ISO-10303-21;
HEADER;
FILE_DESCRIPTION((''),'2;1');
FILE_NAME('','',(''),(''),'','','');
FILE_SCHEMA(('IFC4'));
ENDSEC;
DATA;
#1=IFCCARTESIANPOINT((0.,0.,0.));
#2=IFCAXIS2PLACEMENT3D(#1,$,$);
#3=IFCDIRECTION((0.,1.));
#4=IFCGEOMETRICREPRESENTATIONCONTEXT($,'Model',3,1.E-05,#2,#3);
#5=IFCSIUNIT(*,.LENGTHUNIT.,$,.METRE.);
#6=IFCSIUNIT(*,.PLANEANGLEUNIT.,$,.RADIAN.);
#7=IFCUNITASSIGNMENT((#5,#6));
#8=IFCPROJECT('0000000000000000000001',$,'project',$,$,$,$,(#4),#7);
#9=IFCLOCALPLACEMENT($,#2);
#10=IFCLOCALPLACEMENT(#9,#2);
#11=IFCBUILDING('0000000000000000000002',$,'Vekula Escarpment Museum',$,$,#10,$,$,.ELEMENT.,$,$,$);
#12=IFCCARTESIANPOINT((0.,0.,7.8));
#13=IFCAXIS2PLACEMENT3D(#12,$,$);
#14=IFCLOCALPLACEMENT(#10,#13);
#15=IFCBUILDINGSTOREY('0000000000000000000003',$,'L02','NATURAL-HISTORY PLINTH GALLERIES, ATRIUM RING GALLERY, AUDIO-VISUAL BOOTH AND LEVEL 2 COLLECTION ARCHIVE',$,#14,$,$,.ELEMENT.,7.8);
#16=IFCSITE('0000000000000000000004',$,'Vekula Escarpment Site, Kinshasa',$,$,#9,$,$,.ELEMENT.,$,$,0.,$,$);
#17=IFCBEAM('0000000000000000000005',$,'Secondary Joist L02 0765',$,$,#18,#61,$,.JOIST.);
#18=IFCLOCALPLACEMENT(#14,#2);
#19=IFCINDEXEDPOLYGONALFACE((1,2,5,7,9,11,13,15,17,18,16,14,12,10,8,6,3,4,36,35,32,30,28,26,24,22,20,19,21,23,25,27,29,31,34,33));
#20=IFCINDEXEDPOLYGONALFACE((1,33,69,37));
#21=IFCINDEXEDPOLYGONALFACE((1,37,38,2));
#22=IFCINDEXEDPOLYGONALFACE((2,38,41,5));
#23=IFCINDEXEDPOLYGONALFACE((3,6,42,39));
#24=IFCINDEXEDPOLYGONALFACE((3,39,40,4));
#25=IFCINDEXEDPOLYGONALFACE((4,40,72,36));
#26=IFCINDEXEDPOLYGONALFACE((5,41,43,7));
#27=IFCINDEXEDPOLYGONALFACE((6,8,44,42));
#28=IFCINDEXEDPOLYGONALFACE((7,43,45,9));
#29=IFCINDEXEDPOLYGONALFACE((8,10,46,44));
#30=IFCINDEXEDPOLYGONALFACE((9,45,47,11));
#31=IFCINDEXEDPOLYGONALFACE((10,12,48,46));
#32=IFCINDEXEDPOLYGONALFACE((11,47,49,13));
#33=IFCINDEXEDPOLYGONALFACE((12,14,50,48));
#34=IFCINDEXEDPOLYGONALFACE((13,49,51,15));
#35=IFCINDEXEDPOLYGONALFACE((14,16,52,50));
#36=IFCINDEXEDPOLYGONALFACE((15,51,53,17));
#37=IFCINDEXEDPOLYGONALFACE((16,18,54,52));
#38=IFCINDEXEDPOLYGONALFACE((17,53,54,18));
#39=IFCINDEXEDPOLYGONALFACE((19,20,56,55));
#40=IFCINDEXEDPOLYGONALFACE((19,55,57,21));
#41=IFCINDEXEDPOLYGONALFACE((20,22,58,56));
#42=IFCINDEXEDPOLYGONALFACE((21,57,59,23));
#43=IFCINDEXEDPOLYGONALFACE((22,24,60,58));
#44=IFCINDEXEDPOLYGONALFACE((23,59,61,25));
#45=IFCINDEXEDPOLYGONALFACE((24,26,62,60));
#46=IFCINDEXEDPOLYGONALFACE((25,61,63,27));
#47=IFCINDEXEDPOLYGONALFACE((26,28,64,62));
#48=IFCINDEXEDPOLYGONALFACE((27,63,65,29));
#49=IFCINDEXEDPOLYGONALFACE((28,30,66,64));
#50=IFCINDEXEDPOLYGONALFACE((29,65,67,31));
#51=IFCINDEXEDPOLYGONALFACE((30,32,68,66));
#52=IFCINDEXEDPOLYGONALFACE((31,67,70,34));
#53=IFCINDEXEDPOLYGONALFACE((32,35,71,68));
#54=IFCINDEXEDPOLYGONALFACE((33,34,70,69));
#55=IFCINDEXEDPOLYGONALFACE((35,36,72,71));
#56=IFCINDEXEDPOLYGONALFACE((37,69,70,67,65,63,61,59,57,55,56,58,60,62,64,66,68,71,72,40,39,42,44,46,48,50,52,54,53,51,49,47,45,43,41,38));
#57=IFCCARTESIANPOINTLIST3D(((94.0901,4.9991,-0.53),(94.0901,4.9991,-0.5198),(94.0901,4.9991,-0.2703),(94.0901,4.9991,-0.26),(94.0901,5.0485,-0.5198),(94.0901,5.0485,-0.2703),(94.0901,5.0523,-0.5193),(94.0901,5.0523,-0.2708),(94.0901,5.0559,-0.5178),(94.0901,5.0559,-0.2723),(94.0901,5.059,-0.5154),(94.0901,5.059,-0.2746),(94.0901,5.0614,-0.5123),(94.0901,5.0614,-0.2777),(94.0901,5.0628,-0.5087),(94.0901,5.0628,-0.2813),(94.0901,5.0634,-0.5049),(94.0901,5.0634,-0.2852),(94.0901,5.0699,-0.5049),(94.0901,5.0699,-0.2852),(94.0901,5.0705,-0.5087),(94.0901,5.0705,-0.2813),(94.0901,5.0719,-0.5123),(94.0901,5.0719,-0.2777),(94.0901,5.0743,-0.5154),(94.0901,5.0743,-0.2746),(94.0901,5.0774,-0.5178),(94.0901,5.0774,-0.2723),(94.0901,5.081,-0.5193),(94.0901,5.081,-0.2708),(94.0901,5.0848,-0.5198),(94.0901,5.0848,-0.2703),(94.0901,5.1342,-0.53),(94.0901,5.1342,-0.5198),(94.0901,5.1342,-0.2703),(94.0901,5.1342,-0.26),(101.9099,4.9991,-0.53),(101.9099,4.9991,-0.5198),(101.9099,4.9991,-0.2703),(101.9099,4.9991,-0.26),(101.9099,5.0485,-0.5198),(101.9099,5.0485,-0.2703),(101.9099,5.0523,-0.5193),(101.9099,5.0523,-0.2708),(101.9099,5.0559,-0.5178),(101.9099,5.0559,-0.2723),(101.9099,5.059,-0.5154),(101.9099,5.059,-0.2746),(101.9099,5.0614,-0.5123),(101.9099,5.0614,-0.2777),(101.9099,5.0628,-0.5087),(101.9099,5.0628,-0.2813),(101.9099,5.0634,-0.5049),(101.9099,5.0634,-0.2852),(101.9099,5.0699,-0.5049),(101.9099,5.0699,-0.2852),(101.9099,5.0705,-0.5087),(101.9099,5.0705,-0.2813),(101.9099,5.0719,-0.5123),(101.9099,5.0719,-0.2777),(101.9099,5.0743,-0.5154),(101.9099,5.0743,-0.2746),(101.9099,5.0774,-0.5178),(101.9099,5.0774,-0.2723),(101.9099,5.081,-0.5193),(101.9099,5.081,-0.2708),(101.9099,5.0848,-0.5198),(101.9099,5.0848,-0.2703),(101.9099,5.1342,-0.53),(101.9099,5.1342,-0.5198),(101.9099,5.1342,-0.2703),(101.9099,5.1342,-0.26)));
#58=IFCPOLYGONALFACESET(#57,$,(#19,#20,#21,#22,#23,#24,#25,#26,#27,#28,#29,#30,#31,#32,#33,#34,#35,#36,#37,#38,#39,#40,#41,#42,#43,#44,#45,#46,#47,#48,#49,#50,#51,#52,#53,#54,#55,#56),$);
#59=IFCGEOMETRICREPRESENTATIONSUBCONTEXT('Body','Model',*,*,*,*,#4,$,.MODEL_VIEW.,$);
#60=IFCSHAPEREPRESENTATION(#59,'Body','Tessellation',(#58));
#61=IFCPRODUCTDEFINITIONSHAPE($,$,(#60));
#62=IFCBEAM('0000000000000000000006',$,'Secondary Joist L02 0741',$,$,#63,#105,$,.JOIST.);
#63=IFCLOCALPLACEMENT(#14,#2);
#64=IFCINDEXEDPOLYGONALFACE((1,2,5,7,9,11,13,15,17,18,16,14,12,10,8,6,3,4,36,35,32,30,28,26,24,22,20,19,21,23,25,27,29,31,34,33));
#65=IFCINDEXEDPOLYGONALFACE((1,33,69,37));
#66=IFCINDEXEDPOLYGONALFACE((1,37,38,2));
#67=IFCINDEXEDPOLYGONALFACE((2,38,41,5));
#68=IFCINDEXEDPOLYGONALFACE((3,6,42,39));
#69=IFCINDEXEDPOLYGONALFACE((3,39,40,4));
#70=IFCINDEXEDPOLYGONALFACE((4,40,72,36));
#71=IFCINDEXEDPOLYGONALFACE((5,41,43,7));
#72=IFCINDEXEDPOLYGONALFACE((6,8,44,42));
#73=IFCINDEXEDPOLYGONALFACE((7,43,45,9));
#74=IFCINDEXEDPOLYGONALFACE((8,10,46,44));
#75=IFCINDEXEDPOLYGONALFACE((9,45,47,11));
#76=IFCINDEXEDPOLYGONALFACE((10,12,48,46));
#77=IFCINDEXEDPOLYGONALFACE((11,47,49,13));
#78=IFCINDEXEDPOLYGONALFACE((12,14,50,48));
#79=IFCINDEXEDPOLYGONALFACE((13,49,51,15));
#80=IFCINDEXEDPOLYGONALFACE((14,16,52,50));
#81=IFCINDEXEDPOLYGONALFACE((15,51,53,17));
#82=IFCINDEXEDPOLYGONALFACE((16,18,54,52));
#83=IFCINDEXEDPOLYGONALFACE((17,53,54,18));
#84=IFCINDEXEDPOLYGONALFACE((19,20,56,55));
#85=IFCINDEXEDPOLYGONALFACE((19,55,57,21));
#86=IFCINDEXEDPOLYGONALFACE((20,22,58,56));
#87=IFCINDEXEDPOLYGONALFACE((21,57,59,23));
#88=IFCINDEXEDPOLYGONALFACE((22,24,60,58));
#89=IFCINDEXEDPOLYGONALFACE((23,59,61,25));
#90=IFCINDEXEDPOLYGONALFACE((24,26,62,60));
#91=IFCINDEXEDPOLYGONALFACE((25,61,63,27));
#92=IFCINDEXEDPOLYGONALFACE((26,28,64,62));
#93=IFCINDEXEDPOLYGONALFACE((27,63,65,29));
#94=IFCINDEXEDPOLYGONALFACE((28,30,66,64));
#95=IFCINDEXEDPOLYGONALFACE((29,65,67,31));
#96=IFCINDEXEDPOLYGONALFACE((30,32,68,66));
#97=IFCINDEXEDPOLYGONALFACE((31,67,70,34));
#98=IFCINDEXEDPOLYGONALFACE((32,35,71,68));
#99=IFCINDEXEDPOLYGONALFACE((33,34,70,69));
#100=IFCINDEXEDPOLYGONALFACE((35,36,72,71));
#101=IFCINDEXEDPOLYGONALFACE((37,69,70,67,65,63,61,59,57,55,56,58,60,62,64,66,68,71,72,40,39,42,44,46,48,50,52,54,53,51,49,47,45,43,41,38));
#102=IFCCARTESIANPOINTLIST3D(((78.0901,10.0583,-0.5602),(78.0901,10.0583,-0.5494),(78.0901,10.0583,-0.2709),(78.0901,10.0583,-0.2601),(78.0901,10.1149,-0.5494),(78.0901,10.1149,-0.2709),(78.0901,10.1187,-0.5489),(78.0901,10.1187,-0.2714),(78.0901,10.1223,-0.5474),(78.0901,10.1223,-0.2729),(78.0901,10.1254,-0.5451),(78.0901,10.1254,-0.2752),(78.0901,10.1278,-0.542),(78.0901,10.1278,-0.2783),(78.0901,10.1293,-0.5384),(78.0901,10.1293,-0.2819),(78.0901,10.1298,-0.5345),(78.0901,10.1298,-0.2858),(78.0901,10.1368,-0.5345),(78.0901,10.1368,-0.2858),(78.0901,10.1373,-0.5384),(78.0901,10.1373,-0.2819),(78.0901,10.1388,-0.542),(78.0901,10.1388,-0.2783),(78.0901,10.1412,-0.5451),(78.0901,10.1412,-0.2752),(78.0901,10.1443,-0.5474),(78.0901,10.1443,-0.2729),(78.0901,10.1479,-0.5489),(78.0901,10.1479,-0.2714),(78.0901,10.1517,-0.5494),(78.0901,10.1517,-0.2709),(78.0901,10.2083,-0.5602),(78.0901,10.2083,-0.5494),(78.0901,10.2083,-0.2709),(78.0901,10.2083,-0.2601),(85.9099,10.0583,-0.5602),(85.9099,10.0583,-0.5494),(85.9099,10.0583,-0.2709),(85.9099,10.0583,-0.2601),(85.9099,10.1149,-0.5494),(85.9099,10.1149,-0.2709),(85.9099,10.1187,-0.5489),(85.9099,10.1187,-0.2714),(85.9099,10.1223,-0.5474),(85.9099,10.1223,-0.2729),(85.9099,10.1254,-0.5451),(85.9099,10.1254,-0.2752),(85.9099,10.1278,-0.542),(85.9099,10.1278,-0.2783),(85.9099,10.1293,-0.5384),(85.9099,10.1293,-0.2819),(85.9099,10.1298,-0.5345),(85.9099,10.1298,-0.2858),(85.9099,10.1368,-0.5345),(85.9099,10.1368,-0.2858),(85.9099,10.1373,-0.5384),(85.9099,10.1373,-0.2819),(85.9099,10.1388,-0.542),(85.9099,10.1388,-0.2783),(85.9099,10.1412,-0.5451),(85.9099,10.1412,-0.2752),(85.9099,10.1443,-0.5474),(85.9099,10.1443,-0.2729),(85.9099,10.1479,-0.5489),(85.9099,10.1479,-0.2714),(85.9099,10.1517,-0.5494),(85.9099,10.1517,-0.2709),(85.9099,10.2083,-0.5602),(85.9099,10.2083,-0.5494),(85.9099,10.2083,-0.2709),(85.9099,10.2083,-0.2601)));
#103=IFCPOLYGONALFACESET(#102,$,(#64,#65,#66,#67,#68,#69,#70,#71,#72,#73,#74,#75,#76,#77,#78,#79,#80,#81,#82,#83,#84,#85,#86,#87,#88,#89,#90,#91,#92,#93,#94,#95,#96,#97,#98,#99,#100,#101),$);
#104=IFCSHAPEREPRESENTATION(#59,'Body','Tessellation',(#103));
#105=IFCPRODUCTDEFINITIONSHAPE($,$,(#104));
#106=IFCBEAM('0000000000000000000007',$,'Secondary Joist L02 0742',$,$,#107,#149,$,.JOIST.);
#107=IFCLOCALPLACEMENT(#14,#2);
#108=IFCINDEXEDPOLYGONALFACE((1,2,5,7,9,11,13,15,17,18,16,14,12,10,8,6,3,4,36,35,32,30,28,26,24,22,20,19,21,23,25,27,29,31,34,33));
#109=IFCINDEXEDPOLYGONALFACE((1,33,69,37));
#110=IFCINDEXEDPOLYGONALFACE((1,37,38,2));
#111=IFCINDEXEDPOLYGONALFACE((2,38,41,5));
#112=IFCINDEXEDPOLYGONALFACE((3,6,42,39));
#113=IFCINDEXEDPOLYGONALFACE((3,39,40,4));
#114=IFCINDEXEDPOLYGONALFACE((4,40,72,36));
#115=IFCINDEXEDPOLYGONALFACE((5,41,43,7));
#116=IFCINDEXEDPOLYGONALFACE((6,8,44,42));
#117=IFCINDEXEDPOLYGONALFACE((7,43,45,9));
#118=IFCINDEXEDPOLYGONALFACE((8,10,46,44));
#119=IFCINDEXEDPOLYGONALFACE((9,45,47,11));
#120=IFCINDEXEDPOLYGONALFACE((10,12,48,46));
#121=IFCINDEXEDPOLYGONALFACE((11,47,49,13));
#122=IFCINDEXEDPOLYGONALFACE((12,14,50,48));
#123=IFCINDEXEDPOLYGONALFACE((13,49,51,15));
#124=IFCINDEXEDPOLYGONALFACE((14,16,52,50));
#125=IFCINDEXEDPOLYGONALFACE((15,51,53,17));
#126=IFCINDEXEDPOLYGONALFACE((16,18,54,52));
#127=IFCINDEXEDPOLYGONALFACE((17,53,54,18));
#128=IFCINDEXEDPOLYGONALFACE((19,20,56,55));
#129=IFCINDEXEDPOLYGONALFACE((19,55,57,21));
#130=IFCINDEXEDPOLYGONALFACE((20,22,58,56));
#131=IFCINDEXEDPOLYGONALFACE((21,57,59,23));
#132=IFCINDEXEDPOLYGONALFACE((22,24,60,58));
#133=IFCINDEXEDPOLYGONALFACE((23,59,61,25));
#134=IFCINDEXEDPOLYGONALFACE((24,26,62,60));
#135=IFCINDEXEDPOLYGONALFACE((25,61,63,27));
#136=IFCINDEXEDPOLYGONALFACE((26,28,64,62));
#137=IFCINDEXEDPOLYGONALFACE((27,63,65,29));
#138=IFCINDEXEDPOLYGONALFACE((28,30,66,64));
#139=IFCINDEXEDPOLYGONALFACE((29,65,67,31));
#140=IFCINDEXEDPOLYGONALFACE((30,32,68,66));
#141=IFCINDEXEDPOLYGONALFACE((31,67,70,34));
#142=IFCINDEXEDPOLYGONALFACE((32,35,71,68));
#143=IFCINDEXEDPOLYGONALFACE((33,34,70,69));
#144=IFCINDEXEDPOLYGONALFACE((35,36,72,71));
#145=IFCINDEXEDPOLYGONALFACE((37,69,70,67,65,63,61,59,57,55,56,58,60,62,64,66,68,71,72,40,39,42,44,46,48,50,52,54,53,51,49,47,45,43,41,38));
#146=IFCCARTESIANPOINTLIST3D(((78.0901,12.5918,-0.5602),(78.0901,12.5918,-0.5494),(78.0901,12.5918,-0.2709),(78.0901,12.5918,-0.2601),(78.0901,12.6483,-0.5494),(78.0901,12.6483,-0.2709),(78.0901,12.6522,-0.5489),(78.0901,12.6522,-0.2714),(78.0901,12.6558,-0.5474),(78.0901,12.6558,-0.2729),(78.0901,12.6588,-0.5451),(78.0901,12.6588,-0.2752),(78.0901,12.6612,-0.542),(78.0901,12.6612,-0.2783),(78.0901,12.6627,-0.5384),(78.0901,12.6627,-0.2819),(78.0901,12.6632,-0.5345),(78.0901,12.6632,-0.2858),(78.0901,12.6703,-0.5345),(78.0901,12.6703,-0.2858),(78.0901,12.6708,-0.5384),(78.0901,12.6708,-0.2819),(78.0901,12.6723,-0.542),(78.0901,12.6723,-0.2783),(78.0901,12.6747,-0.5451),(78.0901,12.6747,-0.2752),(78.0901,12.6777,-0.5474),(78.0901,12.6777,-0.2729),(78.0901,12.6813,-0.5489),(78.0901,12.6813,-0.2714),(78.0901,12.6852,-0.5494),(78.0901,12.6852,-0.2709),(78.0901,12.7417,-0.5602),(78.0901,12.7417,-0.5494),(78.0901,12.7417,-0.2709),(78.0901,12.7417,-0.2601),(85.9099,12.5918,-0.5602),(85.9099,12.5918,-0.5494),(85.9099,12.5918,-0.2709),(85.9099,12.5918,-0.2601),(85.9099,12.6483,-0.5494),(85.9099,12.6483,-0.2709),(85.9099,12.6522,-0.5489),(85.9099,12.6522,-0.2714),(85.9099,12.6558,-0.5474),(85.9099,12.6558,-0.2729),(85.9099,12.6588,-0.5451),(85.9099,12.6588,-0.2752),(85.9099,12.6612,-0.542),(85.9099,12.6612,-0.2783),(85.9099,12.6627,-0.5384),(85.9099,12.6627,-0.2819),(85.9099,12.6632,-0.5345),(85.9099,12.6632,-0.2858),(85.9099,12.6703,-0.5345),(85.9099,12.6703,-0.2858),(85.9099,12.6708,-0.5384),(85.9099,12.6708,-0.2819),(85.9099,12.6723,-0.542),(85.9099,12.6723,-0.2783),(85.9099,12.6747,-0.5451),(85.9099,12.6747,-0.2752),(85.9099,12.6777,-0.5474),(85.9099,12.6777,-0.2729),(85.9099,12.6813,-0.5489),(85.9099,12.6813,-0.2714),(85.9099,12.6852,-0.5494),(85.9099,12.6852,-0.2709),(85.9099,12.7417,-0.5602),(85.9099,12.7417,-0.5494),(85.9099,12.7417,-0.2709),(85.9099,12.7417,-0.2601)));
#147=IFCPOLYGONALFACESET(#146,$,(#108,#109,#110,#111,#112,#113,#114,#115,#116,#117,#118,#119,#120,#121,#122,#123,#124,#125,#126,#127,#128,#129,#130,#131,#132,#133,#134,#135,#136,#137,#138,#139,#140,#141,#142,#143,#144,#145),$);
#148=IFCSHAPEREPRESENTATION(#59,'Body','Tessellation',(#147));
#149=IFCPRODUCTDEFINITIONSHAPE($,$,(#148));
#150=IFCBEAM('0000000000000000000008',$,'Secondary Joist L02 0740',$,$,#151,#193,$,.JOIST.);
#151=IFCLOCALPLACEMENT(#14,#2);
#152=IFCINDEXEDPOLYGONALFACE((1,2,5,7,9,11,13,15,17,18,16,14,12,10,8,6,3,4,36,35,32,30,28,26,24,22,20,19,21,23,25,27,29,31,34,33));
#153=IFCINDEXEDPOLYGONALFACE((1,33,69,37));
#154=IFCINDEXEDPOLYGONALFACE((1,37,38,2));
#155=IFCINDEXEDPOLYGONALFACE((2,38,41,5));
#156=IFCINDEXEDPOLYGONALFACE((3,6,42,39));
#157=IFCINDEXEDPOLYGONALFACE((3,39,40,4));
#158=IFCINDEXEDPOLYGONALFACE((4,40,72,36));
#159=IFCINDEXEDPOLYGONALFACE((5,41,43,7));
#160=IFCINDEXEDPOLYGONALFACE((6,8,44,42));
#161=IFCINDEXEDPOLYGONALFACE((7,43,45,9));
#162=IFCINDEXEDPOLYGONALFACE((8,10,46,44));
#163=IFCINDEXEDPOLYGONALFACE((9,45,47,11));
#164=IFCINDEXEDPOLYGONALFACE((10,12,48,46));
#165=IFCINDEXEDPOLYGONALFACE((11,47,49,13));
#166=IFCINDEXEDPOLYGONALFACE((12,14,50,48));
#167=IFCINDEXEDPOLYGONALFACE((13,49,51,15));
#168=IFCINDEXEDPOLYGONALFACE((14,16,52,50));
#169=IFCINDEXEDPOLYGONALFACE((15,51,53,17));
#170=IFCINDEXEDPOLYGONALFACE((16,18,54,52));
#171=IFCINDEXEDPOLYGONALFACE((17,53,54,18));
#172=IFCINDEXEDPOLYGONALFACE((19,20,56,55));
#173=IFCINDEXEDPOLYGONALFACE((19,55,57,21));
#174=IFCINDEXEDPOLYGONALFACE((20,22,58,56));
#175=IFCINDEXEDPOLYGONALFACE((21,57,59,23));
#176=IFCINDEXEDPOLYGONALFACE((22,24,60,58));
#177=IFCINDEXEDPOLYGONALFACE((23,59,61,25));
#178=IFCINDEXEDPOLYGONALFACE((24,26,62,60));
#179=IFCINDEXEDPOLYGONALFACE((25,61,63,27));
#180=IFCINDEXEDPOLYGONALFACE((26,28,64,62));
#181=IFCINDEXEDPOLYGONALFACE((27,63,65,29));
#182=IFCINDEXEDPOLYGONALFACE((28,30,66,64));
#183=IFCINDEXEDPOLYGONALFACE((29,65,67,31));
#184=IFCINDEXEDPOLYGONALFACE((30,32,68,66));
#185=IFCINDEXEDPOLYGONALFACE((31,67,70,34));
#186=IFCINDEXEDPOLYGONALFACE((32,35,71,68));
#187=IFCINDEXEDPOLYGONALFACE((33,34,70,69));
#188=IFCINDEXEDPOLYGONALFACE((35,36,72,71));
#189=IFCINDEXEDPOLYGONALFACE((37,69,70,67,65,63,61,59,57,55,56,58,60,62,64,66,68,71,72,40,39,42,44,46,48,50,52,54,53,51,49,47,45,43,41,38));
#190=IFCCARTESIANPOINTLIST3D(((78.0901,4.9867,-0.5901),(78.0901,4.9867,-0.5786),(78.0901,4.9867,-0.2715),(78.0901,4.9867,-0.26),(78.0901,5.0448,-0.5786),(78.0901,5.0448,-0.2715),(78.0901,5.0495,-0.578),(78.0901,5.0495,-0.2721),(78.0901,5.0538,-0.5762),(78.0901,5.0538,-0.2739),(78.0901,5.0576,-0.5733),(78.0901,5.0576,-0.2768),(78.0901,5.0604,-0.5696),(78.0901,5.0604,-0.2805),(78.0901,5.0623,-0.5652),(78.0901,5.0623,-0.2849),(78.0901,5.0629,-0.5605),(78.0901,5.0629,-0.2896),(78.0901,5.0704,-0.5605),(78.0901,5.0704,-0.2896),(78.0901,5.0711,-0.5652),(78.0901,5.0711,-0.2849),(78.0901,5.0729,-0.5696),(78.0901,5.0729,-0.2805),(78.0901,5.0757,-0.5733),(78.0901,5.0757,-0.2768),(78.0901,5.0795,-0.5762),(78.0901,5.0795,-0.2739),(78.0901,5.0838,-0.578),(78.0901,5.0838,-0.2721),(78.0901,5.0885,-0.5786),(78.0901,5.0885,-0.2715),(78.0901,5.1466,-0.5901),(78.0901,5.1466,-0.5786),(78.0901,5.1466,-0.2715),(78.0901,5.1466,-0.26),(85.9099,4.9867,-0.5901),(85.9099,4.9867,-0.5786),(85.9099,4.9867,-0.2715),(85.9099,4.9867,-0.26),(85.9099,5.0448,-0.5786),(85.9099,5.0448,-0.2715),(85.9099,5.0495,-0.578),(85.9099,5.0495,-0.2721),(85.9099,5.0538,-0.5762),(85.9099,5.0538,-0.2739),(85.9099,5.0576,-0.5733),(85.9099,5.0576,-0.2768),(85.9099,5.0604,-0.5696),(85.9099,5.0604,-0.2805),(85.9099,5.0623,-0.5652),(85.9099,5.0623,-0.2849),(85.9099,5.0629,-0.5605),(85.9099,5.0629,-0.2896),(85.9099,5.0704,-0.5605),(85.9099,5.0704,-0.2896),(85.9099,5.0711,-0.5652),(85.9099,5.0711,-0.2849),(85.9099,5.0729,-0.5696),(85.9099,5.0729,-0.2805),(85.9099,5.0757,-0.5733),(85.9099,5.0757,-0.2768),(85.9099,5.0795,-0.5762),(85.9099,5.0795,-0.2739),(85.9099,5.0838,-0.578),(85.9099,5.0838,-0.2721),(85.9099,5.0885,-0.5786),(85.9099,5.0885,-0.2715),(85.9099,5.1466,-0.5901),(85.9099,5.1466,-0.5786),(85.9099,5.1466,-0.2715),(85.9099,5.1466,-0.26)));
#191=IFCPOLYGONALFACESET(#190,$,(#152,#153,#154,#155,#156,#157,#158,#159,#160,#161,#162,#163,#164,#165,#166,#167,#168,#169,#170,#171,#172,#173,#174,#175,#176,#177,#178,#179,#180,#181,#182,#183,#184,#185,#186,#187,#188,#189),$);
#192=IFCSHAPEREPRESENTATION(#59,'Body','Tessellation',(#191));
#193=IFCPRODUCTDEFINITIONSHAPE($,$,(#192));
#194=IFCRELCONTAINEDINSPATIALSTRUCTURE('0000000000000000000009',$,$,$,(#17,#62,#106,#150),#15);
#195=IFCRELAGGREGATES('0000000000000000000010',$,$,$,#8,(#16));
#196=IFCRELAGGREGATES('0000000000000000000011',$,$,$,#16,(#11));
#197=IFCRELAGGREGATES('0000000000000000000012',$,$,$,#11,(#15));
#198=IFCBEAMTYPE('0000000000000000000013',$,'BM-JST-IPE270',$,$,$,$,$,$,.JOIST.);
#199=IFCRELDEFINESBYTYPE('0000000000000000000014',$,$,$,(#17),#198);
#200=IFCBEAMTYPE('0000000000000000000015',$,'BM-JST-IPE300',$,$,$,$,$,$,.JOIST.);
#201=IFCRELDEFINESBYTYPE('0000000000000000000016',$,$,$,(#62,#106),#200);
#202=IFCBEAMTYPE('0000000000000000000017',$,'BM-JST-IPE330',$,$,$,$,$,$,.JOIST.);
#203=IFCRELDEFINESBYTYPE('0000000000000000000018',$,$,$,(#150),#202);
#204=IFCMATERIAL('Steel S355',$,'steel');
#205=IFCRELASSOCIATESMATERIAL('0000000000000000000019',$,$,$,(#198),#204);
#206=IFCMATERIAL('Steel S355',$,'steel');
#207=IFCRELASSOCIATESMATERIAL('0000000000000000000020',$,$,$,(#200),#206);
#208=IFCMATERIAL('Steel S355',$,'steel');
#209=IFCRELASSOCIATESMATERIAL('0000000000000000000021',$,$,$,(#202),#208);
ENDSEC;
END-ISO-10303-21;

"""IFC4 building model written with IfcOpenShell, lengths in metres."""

from ifc_helpers import new_model, si_unit, direction, frame, origin, origin_2d, place, context, subcontext, project, spatial, i_section, extrude, material, material_profile, profile_set, type_object, element, save


model = new_model("IFC4")

# Units and contexts
model_context = context("Model", 3, precision=1e-05, world=origin(), true_north=direction((0.0, 1.0)))
body_context = subcontext(model_context, "Body", "Model", "MODEL_VIEW")
ifc_project = project(units=[si_unit("LENGTHUNIT", "METRE"), si_unit("PLANEANGLEUNIT", "RADIAN")], contexts=[model_context])

# Site, building, storey
site_placement = place(None, origin())
site = spatial("IfcSite", under=ifc_project, at=site_placement, Name="Vekula Escarpment Site, Kinshasa", CompositionType="ELEMENT", RefElevation=0.0)
building_placement = place(site_placement, origin())
building = spatial("IfcBuilding", under=site, at=building_placement, Name="Vekula Escarpment Museum", CompositionType="ELEMENT")
storey_placement = place(building_placement, frame((0.0, 0.0, 7.8)))
storey = spatial("IfcBuildingStorey", under=building, at=storey_placement, Name="L02", Description="NATURAL-HISTORY PLINTH GALLERIES, ATRIUM RING GALLERY, AUDIO-VISUAL BOOTH AND LEVEL 2 COLLECTION ARCHIVE", CompositionType="ELEMENT", Elevation=7.8)

# Beams
ifc_material_1 = material(Name="Steel S355", Category="steel")
ifc_material_profile_1 = material_profile(ifc_material_1, i_section(OverallWidth=0.135, OverallDepth=0.27, WebThickness=0.0066, FlangeThickness=0.0103, FilletRadius=0.0149, at=origin_2d()), Name="IPE 270")
ifc_profile_set_1 = profile_set([ifc_material_profile_1], Name="Steel S355")
beam_type_1 = type_object("IfcBeamType", Name="BM-JST-IPE270", PredefinedType="JOIST", material=ifc_profile_set_1)
for number, where, z_axis, x_axis, name in (
    (1, (94.0901, 5.0667, -0.395), (1.0, 0.0, 0.0), (0.0, 1.0, 0.0), "Secondary Joist L02 0765"),
):
    element("IfcBeam", number, at=place(storey_placement, frame(where, z_axis=z_axis, x_axis=x_axis)), inside=storey, type_object=beam_type_1, Name=name, PredefinedType="JOIST", context=body_context, shape_type="SweptSolid", body=[
        extrude(i_section(OverallWidth=0.135, OverallDepth=0.27, WebThickness=0.0066, FlangeThickness=0.0103, FilletRadius=0.0149, at=origin_2d()), origin(), (0.0, 0.0, 1.0), 7.8198),
    ])
ifc_material_2 = material(Name="Steel S355", Category="steel")
ifc_material_profile_2 = material_profile(ifc_material_2, i_section(OverallWidth=0.1499, OverallDepth=0.3, WebThickness=0.0071, FlangeThickness=0.0107, FilletRadius=0.0149, at=origin_2d()), Name="IPE 300")
ifc_profile_set_2 = profile_set([ifc_material_profile_2], Name="Steel S355")
beam_type_2 = type_object("IfcBeamType", Name="BM-JST-IPE300", PredefinedType="JOIST", material=ifc_profile_set_2)
for number, where, z_axis, x_axis, name in (
    (2, (78.0901, 10.1333, -0.4102), (1.0, 0.0, 0.0), (0.0, 1.0, 0.0), "Secondary Joist L02 0741"),
    (3, (78.0901, 12.6667, -0.4102), (1.0, 0.0, 0.0), (0.0, 1.0, 0.0), "Secondary Joist L02 0742"),
):
    element("IfcBeam", number, at=place(storey_placement, frame(where, z_axis=z_axis, x_axis=x_axis)), inside=storey, type_object=beam_type_2, Name=name, PredefinedType="JOIST", context=body_context, shape_type="SweptSolid", body=[
        extrude(i_section(OverallWidth=0.1499, OverallDepth=0.3, WebThickness=0.0071, FlangeThickness=0.0107, FilletRadius=0.0149, at=origin_2d()), origin(), (0.0, 0.0, 1.0), 7.8198),
    ])
ifc_material_3 = material(Name="Steel S355", Category="steel")
ifc_material_profile_3 = material_profile(ifc_material_3, i_section(OverallWidth=0.1599, OverallDepth=0.3301, WebThickness=0.0076, FlangeThickness=0.0115, FilletRadius=0.0181, at=origin_2d()), Name="IPE 330")
ifc_profile_set_3 = profile_set([ifc_material_profile_3], Name="Steel S355")
beam_type_3 = type_object("IfcBeamType", Name="BM-JST-IPE330", PredefinedType="JOIST", material=ifc_profile_set_3)
beam_1_placement = place(storey_placement, frame((78.0901, 5.0667, -0.425), z_axis=(1.0, 0.0, 0.0), x_axis=(0.0, 1.0, 0.0)))
element("IfcBeam", 4, at=beam_1_placement, inside=storey, type_object=beam_type_3, Name="Secondary Joist L02 0740", PredefinedType="JOIST", context=body_context, shape_type="SweptSolid", body=[
    extrude(i_section(OverallWidth=0.1599, OverallDepth=0.3301, WebThickness=0.0076, FlangeThickness=0.0115, FilletRadius=0.0181, at=origin_2d()), origin(), (0.0, 0.0, 1.0), 7.8198),
])

save(model, "model.ifc")
